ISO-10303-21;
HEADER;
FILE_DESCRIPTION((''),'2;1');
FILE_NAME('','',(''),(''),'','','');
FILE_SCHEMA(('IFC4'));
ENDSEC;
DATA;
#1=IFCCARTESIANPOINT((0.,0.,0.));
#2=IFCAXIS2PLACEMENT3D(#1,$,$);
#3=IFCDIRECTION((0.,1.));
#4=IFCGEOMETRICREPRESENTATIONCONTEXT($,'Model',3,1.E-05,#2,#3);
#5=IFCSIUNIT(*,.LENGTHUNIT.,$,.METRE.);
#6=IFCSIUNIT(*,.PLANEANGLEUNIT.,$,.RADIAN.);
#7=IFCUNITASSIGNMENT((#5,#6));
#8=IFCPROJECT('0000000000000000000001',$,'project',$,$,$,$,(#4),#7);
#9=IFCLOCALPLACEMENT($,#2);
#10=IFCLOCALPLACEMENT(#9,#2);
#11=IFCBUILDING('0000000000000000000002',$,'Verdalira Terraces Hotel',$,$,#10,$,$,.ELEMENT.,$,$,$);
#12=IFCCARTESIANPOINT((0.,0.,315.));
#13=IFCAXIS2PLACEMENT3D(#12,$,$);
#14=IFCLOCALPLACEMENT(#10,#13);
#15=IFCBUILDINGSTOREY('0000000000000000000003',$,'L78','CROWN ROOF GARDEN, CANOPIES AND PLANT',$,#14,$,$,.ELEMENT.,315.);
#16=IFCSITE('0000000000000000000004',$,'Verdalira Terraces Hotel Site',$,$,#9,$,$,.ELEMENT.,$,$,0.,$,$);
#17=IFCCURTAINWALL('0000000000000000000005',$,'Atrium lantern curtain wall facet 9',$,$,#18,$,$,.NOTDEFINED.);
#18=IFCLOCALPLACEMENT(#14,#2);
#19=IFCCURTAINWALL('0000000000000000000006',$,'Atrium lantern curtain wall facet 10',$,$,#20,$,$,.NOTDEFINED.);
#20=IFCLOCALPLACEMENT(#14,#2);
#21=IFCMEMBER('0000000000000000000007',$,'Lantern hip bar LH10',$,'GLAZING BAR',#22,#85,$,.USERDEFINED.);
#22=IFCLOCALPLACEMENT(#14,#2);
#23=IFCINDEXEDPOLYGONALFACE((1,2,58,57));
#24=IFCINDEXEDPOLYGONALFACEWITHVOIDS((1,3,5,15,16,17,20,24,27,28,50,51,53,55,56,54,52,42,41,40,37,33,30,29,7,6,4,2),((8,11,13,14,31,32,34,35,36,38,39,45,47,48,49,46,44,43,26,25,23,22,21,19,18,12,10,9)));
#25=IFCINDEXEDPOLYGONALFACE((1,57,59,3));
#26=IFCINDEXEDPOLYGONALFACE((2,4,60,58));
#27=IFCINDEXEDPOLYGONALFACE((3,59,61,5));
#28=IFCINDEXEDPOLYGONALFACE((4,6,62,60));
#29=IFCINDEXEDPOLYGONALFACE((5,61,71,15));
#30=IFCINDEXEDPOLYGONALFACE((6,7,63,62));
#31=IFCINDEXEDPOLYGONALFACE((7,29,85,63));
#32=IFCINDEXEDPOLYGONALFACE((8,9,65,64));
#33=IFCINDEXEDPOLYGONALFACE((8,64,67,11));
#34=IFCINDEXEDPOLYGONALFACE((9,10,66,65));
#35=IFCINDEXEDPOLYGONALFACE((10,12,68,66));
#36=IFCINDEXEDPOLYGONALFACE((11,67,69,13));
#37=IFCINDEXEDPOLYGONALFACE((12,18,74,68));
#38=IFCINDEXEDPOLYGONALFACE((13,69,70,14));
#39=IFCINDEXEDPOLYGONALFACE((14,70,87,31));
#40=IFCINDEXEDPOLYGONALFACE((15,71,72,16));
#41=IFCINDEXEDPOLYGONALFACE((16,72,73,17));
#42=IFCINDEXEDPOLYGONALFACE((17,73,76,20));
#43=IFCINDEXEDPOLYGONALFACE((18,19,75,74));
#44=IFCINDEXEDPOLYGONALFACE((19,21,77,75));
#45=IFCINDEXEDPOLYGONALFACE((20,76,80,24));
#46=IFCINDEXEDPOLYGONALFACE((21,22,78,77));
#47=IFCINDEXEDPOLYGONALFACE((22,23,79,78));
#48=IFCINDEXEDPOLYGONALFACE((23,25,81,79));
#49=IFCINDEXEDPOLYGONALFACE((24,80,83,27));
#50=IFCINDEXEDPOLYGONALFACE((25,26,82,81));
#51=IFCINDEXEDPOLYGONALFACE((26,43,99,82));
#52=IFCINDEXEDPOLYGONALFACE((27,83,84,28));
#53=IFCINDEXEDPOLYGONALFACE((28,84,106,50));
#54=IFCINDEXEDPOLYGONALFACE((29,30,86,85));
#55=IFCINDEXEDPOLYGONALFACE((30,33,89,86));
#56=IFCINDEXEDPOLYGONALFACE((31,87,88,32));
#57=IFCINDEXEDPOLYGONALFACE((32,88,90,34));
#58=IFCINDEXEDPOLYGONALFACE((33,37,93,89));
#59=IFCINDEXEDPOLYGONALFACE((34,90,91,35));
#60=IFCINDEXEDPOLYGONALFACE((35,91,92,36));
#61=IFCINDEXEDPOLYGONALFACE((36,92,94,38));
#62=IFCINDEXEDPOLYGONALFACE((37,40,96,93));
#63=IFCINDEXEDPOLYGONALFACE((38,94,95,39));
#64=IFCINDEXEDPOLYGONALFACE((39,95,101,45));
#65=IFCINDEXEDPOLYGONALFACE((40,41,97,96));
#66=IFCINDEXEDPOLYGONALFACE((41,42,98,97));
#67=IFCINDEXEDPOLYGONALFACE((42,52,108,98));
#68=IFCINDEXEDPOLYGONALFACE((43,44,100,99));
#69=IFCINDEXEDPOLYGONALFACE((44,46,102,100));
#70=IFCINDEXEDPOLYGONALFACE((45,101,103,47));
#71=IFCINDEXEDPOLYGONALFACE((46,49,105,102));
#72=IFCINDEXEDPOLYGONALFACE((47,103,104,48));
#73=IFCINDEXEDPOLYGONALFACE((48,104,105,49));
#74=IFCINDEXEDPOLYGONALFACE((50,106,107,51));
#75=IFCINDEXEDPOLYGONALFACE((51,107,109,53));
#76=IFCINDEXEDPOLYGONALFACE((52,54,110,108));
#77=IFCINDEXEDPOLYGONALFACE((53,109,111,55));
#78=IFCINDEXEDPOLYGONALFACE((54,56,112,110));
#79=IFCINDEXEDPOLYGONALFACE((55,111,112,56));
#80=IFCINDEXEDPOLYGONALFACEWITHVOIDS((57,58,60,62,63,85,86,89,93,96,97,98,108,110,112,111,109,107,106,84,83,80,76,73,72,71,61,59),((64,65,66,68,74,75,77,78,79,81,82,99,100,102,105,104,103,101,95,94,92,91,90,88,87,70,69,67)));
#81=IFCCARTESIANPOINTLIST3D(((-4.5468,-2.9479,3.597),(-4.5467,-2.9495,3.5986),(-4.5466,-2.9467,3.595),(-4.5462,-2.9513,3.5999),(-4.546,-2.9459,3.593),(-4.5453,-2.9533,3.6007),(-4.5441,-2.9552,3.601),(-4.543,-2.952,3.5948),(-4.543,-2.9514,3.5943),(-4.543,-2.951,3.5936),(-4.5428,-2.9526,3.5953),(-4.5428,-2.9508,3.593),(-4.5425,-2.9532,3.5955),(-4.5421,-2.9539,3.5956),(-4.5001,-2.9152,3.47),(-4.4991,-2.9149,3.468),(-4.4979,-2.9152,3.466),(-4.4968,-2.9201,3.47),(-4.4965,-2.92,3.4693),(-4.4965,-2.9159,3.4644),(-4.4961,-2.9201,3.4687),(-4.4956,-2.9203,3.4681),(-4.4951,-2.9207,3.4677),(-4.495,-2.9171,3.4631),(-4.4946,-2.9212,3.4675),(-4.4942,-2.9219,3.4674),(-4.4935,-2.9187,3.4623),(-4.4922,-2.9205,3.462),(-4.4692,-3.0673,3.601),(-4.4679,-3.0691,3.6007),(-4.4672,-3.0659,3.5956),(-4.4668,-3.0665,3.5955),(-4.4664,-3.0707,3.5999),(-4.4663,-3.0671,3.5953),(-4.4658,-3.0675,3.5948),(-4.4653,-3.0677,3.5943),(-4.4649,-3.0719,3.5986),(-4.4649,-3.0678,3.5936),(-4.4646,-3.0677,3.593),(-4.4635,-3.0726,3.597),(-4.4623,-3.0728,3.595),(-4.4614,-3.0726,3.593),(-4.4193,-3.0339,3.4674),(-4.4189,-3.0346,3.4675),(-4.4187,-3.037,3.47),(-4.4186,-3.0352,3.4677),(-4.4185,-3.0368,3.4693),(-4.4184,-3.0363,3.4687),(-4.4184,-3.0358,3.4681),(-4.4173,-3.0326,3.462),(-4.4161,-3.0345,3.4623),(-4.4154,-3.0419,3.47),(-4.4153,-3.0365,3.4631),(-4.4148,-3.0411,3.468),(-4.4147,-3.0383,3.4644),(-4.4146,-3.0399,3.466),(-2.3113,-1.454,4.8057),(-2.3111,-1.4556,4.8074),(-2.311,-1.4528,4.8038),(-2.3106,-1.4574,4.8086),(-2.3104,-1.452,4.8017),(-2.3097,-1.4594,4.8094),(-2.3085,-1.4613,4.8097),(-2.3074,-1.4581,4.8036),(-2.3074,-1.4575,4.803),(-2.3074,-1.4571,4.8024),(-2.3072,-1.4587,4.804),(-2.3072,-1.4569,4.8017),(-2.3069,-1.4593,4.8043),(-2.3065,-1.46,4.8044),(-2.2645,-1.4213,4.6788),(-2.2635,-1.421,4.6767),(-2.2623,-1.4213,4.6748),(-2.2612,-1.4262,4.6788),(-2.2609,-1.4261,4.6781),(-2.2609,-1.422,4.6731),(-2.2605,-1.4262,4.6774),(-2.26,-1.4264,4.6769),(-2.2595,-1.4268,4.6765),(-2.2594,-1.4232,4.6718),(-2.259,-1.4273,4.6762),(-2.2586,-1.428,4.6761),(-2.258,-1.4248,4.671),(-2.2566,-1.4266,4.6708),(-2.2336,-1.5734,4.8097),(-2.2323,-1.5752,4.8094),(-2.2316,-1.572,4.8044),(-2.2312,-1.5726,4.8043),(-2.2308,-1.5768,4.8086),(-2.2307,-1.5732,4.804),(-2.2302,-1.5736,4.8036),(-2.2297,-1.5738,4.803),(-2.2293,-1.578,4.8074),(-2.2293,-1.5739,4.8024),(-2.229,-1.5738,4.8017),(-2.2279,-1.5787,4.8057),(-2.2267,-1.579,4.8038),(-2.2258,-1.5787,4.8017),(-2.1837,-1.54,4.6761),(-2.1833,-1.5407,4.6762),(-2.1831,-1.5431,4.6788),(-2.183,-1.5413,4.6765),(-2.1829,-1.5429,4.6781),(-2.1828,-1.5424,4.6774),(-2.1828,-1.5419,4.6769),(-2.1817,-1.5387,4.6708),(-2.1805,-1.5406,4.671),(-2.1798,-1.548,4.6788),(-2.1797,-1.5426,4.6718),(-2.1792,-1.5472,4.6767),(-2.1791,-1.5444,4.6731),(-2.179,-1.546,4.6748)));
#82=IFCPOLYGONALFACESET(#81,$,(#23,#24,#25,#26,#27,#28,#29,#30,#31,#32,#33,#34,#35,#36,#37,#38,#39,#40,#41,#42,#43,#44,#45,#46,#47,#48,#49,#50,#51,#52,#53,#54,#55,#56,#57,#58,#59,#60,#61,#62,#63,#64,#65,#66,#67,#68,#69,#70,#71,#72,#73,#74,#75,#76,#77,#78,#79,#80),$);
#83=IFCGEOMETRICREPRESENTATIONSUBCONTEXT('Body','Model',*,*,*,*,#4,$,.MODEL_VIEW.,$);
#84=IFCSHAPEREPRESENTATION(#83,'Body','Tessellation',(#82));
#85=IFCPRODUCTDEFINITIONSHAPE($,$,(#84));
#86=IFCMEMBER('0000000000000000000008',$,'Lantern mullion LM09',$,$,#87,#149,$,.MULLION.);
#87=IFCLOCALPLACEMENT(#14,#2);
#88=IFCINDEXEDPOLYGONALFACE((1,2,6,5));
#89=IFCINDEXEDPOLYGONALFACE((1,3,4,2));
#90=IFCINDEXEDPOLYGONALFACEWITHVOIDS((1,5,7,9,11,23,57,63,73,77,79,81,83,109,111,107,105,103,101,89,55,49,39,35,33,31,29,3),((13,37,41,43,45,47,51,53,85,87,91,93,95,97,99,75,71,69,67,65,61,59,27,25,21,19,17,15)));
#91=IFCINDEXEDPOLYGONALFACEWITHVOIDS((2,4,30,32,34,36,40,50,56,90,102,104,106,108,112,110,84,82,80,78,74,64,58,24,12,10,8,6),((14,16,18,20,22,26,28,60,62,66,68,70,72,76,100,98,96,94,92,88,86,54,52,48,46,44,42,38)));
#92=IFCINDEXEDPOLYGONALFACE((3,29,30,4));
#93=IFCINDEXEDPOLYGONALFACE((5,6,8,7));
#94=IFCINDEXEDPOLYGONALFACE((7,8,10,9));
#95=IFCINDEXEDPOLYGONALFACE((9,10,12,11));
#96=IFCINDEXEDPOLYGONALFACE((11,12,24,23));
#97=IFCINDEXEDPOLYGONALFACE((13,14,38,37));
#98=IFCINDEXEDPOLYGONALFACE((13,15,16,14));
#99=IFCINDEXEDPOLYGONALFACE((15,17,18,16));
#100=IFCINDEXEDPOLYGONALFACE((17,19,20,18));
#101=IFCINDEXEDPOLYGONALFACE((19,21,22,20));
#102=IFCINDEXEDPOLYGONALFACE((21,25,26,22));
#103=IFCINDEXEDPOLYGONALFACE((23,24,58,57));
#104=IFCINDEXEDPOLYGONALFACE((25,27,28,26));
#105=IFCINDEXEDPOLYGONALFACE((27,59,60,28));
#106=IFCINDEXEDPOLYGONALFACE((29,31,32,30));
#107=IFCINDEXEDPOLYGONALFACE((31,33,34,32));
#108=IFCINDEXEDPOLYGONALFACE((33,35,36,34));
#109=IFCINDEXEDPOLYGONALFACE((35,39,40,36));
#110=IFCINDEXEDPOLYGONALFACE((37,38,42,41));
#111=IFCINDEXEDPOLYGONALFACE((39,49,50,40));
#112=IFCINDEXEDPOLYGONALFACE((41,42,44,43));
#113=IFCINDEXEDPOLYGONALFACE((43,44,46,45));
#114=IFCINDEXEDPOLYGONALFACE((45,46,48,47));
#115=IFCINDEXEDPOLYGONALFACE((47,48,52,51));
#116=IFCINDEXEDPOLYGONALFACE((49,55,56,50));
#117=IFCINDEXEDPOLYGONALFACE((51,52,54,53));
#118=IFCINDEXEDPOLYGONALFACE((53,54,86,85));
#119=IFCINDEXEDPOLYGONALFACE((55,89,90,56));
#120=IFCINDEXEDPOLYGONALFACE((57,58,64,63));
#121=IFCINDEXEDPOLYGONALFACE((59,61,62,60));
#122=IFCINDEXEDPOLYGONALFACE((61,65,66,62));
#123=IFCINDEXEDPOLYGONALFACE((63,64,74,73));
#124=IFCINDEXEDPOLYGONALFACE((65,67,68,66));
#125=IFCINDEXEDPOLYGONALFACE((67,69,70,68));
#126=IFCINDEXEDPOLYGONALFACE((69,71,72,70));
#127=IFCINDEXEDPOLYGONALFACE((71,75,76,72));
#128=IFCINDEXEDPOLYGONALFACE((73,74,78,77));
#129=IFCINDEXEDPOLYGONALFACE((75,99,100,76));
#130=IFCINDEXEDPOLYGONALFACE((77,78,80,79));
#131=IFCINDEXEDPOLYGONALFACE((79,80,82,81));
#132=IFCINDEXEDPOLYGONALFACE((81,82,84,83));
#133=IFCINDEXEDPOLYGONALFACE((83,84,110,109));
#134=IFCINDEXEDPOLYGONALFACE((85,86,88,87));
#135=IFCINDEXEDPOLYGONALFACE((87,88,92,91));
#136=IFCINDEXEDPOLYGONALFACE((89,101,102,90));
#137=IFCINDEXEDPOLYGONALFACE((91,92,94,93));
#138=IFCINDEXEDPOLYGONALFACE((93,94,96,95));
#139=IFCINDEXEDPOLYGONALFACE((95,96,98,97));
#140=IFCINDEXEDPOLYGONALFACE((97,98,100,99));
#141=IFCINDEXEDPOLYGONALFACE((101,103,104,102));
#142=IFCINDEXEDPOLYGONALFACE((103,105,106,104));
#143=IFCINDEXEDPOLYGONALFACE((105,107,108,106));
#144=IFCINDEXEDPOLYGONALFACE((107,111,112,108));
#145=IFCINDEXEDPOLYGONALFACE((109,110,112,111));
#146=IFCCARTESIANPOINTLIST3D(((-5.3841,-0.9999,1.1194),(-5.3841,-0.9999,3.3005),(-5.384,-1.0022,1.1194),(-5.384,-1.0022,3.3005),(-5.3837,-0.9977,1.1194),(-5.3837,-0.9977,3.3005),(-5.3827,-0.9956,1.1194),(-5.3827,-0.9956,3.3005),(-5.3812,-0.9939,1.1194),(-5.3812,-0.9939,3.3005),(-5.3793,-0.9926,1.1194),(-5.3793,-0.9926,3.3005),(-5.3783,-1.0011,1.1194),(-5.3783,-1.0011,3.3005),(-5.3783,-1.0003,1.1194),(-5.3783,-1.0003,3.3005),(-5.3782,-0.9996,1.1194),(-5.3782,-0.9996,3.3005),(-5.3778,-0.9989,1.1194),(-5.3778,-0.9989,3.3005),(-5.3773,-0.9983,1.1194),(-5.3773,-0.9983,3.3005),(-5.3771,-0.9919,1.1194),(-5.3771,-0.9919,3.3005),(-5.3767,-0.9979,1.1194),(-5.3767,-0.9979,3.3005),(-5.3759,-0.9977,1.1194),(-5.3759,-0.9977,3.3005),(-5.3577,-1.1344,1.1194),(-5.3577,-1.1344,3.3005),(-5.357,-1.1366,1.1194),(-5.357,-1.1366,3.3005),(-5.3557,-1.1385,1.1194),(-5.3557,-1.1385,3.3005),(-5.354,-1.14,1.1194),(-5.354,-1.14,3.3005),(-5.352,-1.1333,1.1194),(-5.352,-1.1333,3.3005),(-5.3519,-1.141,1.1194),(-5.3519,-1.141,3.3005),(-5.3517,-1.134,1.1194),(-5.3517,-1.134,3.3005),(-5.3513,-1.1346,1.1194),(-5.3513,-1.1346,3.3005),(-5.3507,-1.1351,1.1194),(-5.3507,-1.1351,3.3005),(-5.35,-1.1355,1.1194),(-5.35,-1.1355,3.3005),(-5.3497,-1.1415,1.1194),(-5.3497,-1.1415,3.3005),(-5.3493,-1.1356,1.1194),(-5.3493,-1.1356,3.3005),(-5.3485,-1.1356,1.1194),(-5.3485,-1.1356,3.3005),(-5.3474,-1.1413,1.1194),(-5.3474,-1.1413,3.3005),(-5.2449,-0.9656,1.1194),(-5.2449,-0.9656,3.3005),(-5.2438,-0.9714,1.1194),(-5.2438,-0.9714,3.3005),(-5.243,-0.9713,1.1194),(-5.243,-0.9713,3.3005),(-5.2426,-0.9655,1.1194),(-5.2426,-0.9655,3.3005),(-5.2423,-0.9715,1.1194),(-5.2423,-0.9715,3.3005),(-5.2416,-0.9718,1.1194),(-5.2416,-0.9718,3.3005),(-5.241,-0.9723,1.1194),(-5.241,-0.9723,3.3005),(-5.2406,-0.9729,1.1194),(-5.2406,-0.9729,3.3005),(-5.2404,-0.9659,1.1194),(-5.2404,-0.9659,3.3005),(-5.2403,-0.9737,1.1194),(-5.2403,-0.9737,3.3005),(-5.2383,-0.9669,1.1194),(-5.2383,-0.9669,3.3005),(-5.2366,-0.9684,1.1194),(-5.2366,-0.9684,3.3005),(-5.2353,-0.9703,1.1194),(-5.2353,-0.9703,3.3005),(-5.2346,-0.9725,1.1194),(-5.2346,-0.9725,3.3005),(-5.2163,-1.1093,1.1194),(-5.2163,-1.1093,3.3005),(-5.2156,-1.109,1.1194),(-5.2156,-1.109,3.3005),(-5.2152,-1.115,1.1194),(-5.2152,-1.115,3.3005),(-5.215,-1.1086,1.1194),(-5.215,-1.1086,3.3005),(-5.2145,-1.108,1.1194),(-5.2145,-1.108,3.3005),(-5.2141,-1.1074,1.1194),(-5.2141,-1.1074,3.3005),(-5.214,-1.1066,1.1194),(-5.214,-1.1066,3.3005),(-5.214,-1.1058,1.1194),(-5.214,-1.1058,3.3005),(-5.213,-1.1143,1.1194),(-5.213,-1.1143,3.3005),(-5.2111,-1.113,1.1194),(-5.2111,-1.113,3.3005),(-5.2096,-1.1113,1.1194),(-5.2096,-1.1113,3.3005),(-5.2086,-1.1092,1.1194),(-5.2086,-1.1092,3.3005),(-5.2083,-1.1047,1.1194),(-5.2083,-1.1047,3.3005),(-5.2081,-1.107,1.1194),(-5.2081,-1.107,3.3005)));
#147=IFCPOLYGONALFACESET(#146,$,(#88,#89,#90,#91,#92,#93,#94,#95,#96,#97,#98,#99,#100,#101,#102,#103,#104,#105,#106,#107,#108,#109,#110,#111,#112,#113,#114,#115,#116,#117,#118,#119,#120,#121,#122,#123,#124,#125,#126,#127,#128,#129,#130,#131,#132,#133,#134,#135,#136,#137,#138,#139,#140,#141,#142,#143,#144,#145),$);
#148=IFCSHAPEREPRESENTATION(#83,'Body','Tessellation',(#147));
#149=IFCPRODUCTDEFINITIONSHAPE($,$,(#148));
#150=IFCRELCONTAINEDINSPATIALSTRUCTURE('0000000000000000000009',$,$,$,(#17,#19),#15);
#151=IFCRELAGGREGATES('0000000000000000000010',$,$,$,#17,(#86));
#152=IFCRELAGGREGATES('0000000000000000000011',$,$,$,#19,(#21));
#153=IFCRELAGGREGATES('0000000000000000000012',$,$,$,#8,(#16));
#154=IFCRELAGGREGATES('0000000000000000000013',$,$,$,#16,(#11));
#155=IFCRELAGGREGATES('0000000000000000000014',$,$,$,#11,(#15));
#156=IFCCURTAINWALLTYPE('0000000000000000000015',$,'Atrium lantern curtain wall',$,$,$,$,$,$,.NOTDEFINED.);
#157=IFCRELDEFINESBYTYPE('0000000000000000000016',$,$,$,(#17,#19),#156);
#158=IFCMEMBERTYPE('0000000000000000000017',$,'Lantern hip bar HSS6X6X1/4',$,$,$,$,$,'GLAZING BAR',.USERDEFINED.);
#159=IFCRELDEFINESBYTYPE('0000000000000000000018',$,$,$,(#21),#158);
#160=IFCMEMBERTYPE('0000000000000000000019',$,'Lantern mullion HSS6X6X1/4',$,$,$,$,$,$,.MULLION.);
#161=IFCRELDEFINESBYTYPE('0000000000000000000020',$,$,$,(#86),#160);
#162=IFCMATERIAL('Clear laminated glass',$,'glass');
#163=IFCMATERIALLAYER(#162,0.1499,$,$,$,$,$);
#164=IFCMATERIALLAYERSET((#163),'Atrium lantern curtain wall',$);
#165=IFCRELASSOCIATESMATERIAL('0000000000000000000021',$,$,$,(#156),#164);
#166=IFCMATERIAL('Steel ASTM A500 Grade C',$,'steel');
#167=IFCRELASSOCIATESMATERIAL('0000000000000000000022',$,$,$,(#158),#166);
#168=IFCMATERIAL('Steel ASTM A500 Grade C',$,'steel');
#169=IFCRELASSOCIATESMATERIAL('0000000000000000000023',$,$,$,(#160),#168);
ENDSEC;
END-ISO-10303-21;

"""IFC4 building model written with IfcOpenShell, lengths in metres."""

from ifc_helpers import new_model, si_unit, direction, frame, origin, origin_2d, place, context, subcontext, project, spatial, hollow_rectangle, extrude, material, layer, layer_set, material_profile, profile_set, type_object, element, aggregate, save


model = new_model("IFC4")

# Units and contexts
model_context = context("Model", 3, precision=1e-05, world=origin(), true_north=direction((0.0, 1.0)))
body_context = subcontext(model_context, "Body", "Model", "MODEL_VIEW")
ifc_project = project(units=[si_unit("LENGTHUNIT", "METRE"), si_unit("PLANEANGLEUNIT", "RADIAN")], contexts=[model_context])

# Site, building, storey
site_placement = place(None, origin())
site = spatial("IfcSite", under=ifc_project, at=site_placement, Name="Verdalira Terraces Hotel Site", CompositionType="ELEMENT", RefElevation=0.0)
building_placement = place(site_placement, origin())
building = spatial("IfcBuilding", under=site, at=building_placement, Name="Verdalira Terraces Hotel", CompositionType="ELEMENT")
storey_placement = place(building_placement, frame((0.0, 0.0, 315.0)))
storey = spatial("IfcBuildingStorey", under=building, at=storey_placement, Name="L78", Description="CROWN ROOF GARDEN, CANOPIES AND PLANT", CompositionType="ELEMENT", Elevation=315.0)

# Curtain walls
ifc_material_1 = material(Name="Clear laminated glass", Category="glass")
ifc_layer_1 = layer(ifc_material_1, 0.1499)
ifc_layer_set_1 = layer_set([ifc_layer_1], Name="Atrium lantern curtain wall")
curtain_wall_type = type_object("IfcCurtainWallType", Name="Atrium lantern curtain wall", PredefinedType="NOTDEFINED", material=ifc_layer_set_1)
curtain_wall_1_placement = place(storey_placement, origin())
curtain_wall_1 = element("IfcCurtainWall", 1, at=curtain_wall_1_placement, inside=storey, type_object=curtain_wall_type, Name="Atrium lantern curtain wall facet 9", PredefinedType="NOTDEFINED")
curtain_wall_2_placement = place(storey_placement, origin())
curtain_wall_2 = element("IfcCurtainWall", 2, at=curtain_wall_2_placement, inside=storey, type_object=curtain_wall_type, Name="Atrium lantern curtain wall facet 10", PredefinedType="NOTDEFINED")

# Members
ifc_material_2 = material(Name="Steel ASTM A500 Grade C", Category="steel")
ifc_material_profile_1 = material_profile(ifc_material_2, hollow_rectangle(XDim=0.1523, YDim=0.1523, WallThickness=0.0059, InnerFilletRadius=0.0029, OuterFilletRadius=0.0088, at=origin_2d()), Name="HSS6X6X1/4")
ifc_profile_set_1 = profile_set([ifc_material_profile_1], Name="Steel ASTM A500 Grade C")
member_type_1 = type_object("IfcMemberType", Name="Lantern hip bar HSS6X6X1/4", ElementType="GLAZING BAR", PredefinedType="USERDEFINED", material=ifc_profile_set_1)
member_1_placement = place(storey_placement, frame((-4.4807, -2.9939, 3.5315), z_axis=(0.758345, 0.50675, 0.410021), x_axis=(-0.555601, 0.831449, 0.0)))
member_1 = element("IfcMember", 3, at=member_1_placement, type_object=member_type_1, Name="Lantern hip bar LH10", ObjectType="GLAZING BAR", PredefinedType="USERDEFINED", context=body_context, shape_type="SweptSolid", body=[
    extrude(hollow_rectangle(XDim=0.1523, YDim=0.1523, WallThickness=0.0059, InnerFilletRadius=0.0029, OuterFilletRadius=0.0088, at=origin_2d()), origin(), (0.0, 0.0, 1.0), 2.948),
])
ifc_material_3 = material(Name="Steel ASTM A500 Grade C", Category="steel")
ifc_material_profile_2 = material_profile(ifc_material_3, hollow_rectangle(XDim=0.1523, YDim=0.1523, WallThickness=0.0059, InnerFilletRadius=0.0029, OuterFilletRadius=0.0088, at=origin_2d()), Name="HSS6X6X1/4")
ifc_profile_set_2 = profile_set([ifc_material_profile_2], Name="Steel ASTM A500 Grade C")
member_type_2 = type_object("IfcMemberType", Name="Lantern mullion HSS6X6X1/4", PredefinedType="MULLION", material=ifc_profile_set_2)
member_2_placement = place(storey_placement, frame((-5.2961, -1.0535, 1.1194), z_axis=(0.0, 0.0, 1.0), x_axis=(-0.980785, -0.19509, 0.0)))
member_2 = element("IfcMember", 4, at=member_2_placement, type_object=member_type_2, Name="Lantern mullion LM09", PredefinedType="MULLION", context=body_context, shape_type="SweptSolid", body=[
    extrude(hollow_rectangle(XDim=0.1523, YDim=0.1523, WallThickness=0.0059, InnerFilletRadius=0.0029, OuterFilletRadius=0.0088, at=origin_2d()), origin(), (0.0, 0.0, 1.0), 2.1812),
])

aggregate(curtain_wall_1, [member_2])
aggregate(curtain_wall_2, [member_1])

save(model, "model.ifc")
